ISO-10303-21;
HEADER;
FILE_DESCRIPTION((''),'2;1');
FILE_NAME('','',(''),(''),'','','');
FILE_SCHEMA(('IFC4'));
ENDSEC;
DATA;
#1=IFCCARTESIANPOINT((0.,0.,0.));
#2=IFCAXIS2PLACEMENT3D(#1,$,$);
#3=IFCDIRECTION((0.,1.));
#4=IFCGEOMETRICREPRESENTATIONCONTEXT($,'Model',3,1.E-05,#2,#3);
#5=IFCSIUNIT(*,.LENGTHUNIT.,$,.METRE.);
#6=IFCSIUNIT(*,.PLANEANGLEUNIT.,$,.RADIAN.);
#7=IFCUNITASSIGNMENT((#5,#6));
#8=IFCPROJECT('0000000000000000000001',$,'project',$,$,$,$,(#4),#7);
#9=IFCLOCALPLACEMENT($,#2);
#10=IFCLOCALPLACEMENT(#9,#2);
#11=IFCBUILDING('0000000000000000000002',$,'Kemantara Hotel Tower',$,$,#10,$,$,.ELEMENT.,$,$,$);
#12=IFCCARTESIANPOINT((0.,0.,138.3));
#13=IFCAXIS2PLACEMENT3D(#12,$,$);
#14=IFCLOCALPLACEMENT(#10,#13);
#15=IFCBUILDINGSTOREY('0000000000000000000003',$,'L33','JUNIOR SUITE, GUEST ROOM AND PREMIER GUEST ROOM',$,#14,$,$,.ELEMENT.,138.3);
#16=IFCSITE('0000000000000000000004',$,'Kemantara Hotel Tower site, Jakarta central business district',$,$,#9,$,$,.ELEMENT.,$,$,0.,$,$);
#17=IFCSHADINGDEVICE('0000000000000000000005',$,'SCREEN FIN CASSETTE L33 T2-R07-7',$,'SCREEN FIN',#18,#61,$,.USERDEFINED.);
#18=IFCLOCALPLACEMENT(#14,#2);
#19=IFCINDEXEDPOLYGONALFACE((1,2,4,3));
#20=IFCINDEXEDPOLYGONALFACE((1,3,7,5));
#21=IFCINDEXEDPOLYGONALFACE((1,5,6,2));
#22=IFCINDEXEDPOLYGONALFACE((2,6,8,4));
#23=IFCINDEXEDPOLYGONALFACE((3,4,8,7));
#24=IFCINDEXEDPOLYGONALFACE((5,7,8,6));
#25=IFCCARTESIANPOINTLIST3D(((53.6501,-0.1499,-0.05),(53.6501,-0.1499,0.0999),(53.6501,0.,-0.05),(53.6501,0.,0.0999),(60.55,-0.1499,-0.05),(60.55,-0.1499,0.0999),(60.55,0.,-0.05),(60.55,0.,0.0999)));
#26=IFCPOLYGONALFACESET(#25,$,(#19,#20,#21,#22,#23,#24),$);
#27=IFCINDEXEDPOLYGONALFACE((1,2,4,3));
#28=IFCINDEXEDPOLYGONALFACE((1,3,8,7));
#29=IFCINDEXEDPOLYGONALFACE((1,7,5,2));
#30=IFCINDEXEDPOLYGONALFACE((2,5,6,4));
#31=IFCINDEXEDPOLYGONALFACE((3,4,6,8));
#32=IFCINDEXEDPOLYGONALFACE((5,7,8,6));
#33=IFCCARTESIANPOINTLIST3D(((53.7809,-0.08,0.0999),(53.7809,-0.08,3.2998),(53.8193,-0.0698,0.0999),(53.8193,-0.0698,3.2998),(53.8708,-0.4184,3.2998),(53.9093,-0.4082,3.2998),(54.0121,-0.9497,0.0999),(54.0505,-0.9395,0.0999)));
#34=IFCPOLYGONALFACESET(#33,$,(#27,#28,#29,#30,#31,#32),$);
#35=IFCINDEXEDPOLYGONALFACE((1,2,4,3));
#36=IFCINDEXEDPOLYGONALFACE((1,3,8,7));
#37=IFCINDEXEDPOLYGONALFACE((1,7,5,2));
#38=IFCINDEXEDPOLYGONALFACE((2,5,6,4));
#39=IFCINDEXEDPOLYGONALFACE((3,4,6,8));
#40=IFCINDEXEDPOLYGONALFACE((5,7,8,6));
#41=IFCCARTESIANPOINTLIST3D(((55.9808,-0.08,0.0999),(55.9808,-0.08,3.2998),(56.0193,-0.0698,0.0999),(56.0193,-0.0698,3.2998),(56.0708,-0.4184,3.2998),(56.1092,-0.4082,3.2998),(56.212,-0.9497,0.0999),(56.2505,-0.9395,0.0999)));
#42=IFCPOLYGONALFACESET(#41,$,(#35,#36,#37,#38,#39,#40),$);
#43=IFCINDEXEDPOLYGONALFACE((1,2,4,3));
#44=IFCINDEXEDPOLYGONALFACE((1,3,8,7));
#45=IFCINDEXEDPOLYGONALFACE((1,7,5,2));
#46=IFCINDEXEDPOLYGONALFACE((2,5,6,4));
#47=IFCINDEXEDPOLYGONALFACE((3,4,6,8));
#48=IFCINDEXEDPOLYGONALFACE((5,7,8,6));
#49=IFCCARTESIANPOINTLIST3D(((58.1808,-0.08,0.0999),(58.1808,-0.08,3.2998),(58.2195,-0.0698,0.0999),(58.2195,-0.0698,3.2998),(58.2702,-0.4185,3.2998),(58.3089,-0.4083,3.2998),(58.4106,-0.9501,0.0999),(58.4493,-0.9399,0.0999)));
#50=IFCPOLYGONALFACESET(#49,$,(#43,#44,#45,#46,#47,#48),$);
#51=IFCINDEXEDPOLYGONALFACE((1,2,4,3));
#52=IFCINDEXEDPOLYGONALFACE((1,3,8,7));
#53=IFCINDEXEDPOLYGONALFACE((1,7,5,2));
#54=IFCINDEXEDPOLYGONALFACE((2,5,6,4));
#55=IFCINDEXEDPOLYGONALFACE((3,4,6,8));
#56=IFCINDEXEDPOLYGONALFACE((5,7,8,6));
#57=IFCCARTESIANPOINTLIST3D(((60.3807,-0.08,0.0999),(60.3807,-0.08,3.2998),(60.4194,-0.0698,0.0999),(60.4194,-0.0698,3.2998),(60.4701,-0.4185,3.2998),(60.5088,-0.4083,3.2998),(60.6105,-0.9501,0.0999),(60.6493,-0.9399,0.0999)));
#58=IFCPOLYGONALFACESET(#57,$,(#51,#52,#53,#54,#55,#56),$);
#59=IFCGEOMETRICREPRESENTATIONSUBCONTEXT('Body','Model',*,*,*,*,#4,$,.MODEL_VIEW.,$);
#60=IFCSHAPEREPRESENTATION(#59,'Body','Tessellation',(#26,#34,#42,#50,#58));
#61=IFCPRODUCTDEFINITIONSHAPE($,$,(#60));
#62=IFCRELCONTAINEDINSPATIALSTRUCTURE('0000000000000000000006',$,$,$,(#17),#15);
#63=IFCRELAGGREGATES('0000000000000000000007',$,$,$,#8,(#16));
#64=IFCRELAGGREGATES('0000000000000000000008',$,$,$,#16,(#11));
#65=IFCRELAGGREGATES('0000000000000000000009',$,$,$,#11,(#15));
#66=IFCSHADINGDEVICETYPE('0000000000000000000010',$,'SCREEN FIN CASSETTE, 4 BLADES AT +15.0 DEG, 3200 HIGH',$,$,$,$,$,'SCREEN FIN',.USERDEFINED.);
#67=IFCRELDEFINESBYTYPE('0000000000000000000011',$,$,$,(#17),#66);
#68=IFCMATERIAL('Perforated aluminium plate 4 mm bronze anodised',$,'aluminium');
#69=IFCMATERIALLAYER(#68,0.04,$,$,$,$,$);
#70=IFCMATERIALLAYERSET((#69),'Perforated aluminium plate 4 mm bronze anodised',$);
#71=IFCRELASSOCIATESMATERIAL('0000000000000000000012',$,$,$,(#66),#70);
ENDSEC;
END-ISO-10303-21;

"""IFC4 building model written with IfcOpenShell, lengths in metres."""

from ifc_helpers import new_model, si_unit, direction, frame, origin, origin_2d, place, context, subcontext, project, spatial, polyline, rectangle, outline, extrude, source, transform, mapped, material, layer, layer_set, type_object, element, save


model = new_model("IFC4")

# Units and contexts
model_context = context("Model", 3, precision=1e-05, world=origin(), true_north=direction((0.0, 1.0)))
body_context = subcontext(model_context, "Body", "Model", "MODEL_VIEW")
ifc_project = project(units=[si_unit("LENGTHUNIT", "METRE"), si_unit("PLANEANGLEUNIT", "RADIAN")], contexts=[model_context])

# Site, building, storey
site_placement = place(None, origin())
site = spatial("IfcSite", under=ifc_project, at=site_placement, Name="Kemantara Hotel Tower site, Jakarta central business district", CompositionType="ELEMENT", RefElevation=0.0)
building_placement = place(site_placement, origin())
building = spatial("IfcBuilding", under=site, at=building_placement, Name="Kemantara Hotel Tower", CompositionType="ELEMENT")
storey_placement = place(building_placement, frame((0.0, 0.0, 138.3)))
storey = spatial("IfcBuildingStorey", under=building, at=storey_placement, Name="L33", Description="JUNIOR SUITE, GUEST ROOM AND PREMIER GUEST ROOM", CompositionType="ELEMENT", Elevation=138.3)

# Shading device
ifc_material_1 = material(Name="Perforated aluminium plate 4 mm bronze anodised", Category="aluminium")
ifc_layer_1 = layer(ifc_material_1, 0.04)
ifc_layer_set_1 = layer_set([ifc_layer_1], Name="Perforated aluminium plate 4 mm bronze anodised")
shading_device_type = type_object("IfcShadingDeviceType", Name="SCREEN FIN CASSETTE, 4 BLADES AT +15.0 DEG, 3200 HIGH", ElementType="SCREEN FIN", PredefinedType="USERDEFINED", material=ifc_layer_set_1)
shared_shape = source(origin(), body_context, "Body", "SweptSolid", [
    extrude(rectangle(XDim=6.8999, YDim=0.1499, at=origin_2d()), frame((3.3, -0.075, -0.1499), z_axis=(0.0, 0.0, 1.0), x_axis=(1.0, 0.0, 0.0)), (0.0, 0.0, 1.0), 0.1499),
    extrude(outline(polyline([(0.0, 0.0), (0.8999, 0.0), (0.3501, 3.2), (0.0, 3.2), (0.0, 0.0)])), frame((0.0193, -0.0698, 0.0), z_axis=(-0.966438, -0.256901, 0.0), x_axis=(0.256901, -0.966438, 0.0)), (0.0, 0.0, 1.0), 0.0398),
    extrude(outline(polyline([(0.0, 0.0), (0.8999, 0.0), (0.3501, 3.2), (0.0, 3.2), (0.0, 0.0)])), frame((2.2192, -0.0698, 0.0), z_axis=(-0.966438, -0.256901, 0.0), x_axis=(0.256901, -0.966438, 0.0)), (0.0, 0.0, 1.0), 0.0398),
    extrude(outline(polyline([(0.0, 0.0), (0.8999, 0.0), (0.3501, 3.2), (0.0, 3.2), (0.0, 0.0)])), frame((4.4194, -0.0698, 0.0), z_axis=(-0.966838, -0.255391, 0.0), x_axis=(0.255391, -0.966838, 0.0)), (0.0, 0.0, 1.0), 0.04),
    extrude(outline(polyline([(0.0, 0.0), (0.8999, 0.0), (0.3501, 3.2), (0.0, 3.2), (0.0, 0.0)])), frame((6.6194, -0.0698, 0.0), z_axis=(-0.966838, -0.255391, 0.0), x_axis=(0.255391, -0.966838, 0.0)), (0.0, 0.0, 1.0), 0.04),
])
shading_device_placement = place(storey_placement, frame((53.8, 0.0, 0.0999), z_axis=(0.0, 0.0, 1.0), x_axis=(1.0, 0.0, 0.0)))
element("IfcShadingDevice", 1, at=shading_device_placement, inside=storey, type_object=shading_device_type, Name="SCREEN FIN CASSETTE L33 T2-R07-7", ObjectType="SCREEN FIN", PredefinedType="USERDEFINED", context=body_context, shape_type="MappedRepresentation", body=[
    mapped(shared_shape, transform((0.0, 0.0, 0.0))),
])

save(model, "model.ifc")
